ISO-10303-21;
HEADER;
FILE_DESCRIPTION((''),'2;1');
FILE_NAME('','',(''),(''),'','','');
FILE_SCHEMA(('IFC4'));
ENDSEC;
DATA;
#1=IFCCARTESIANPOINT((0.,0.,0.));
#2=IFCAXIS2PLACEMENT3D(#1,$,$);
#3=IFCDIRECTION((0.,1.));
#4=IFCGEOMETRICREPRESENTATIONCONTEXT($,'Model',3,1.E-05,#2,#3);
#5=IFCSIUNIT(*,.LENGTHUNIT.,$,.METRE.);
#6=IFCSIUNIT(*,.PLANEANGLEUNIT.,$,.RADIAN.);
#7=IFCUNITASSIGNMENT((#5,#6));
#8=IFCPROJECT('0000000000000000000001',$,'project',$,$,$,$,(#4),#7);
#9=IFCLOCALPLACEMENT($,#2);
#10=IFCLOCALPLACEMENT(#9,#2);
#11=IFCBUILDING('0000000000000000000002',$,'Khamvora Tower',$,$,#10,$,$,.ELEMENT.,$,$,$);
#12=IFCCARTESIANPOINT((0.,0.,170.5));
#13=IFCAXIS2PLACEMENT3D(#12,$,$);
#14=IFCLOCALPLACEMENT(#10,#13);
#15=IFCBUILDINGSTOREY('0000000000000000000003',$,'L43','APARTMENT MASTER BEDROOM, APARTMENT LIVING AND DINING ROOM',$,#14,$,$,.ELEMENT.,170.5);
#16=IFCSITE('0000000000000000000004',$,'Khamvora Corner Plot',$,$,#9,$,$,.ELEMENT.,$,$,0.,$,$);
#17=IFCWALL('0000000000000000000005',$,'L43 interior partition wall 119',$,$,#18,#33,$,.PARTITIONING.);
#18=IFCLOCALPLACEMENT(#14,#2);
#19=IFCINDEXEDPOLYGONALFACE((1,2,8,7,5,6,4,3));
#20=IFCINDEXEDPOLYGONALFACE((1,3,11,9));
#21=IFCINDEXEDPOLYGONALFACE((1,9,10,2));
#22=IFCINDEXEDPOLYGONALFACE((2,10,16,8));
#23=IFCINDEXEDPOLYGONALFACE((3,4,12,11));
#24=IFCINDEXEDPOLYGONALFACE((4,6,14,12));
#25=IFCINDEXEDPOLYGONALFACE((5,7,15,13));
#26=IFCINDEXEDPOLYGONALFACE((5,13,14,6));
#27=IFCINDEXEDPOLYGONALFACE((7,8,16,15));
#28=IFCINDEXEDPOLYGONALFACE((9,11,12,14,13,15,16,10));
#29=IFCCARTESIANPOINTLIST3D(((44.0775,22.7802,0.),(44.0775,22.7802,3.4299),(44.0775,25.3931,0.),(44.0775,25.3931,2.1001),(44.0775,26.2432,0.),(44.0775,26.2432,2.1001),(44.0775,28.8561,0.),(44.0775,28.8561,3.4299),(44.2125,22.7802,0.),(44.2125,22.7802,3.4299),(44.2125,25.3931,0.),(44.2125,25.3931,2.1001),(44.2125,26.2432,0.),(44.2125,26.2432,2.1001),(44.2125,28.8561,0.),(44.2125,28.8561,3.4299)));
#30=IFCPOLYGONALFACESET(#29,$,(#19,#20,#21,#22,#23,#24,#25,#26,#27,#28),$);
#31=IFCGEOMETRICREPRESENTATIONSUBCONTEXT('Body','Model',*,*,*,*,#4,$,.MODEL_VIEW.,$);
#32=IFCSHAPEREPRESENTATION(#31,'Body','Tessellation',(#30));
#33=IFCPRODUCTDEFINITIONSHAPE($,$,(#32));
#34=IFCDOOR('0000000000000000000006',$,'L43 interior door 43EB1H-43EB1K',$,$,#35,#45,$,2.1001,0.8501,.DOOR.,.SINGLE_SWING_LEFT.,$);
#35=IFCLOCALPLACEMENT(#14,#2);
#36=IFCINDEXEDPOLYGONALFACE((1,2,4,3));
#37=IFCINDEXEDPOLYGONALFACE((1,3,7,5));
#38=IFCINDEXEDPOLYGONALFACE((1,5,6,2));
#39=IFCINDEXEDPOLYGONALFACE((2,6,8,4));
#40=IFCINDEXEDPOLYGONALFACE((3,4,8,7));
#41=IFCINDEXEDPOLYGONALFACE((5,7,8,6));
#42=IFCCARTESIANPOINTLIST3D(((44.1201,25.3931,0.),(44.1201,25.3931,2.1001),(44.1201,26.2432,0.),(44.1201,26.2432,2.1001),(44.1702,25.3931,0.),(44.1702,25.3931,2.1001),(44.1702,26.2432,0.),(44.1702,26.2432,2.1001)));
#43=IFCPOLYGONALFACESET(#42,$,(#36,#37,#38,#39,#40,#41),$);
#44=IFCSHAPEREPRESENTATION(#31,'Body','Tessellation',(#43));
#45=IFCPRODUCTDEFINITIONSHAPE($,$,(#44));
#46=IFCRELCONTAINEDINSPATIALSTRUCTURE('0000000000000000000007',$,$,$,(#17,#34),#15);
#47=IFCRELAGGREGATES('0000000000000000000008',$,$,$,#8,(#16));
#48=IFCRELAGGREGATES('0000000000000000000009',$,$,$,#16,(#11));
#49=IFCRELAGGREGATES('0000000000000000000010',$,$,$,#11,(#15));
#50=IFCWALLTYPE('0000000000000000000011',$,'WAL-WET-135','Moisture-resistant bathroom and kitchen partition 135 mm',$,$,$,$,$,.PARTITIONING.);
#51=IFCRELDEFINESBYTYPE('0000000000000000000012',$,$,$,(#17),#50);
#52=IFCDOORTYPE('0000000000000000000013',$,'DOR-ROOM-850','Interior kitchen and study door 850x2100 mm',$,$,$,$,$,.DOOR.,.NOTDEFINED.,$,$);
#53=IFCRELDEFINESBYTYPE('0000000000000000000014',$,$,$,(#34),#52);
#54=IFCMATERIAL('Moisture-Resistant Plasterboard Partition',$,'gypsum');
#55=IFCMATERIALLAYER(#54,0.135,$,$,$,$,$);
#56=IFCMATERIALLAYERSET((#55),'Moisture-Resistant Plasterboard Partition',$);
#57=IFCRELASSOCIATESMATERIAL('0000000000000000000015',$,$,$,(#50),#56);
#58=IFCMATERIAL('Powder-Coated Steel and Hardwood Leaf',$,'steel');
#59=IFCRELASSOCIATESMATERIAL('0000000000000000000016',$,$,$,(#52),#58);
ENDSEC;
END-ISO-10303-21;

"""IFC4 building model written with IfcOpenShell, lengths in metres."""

from ifc_helpers import new_model, si_unit, direction, frame, frame_2d, origin, place, context, subcontext, project, spatial, rectangle, extrude, material, layer, layer_set, type_object, element, fill, save


model = new_model("IFC4")

# Units and contexts
model_context = context("Model", 3, precision=1e-05, world=origin(), true_north=direction((0.0, 1.0)))
body_context = subcontext(model_context, "Body", "Model", "MODEL_VIEW")
ifc_project = project(units=[si_unit("LENGTHUNIT", "METRE"), si_unit("PLANEANGLEUNIT", "RADIAN")], contexts=[model_context])

# Site, building, storey
site_placement = place(None, origin())
site = spatial("IfcSite", under=ifc_project, at=site_placement, Name="Khamvora Corner Plot", CompositionType="ELEMENT", RefElevation=0.0)
building_placement = place(site_placement, origin())
building = spatial("IfcBuilding", under=site, at=building_placement, Name="Khamvora Tower", CompositionType="ELEMENT")
storey_placement = place(building_placement, frame((0.0, 0.0, 170.5)))
storey = spatial("IfcBuildingStorey", under=building, at=storey_placement, Name="L43", Description="APARTMENT MASTER BEDROOM, APARTMENT LIVING AND DINING ROOM", CompositionType="ELEMENT", Elevation=170.5)

# Shared definitions
ifc_material_1 = material(Name="Powder-Coated Steel and Hardwood Leaf", Category="steel")

# Wall, opening, door
ifc_material_2 = material(Name="Moisture-Resistant Plasterboard Partition", Category="gypsum")
ifc_layer_1 = layer(ifc_material_2, 0.135)
ifc_layer_set_1 = layer_set([ifc_layer_1], Name="Moisture-Resistant Plasterboard Partition")
wall_type_1 = type_object("IfcWallType", Name="WAL-WET-135", Description="Moisture-resistant bathroom and kitchen partition 135 mm", PredefinedType="PARTITIONING", material=ifc_layer_set_1)
wall_1_placement = place(storey_placement, frame((44.145, 22.78, 0.0), z_axis=(0.0, 0.0, 1.0), x_axis=(0.0, 1.0, 0.0)))
wall_1 = element("IfcWall", 1, at=wall_1_placement, inside=storey, type_object=wall_type_1, Name="L43 interior partition wall 119", PredefinedType="PARTITIONING", context=body_context, shape_type="SweptSolid", body=[
    extrude(rectangle(XDim=6.0759, YDim=0.135, at=frame_2d((3.0381, 0.0))), origin(), (0.0, 0.0, 1.0), 3.4299),
])
opening_1_placement = place(wall_1_placement, frame((2.613, 0.0, 0.0)))
opening_1 = element("IfcOpeningElement", 2, at=opening_1_placement, cuts=wall_1, PredefinedType="OPENING", context=body_context, shape_type="SweptSolid", body=[
    extrude(rectangle(XDim=0.8501, YDim=2.1001, at=frame_2d((0.425, 1.05))), frame((0.0, 0.0774, 0.0), z_axis=(0.0, -1.0, 0.0), x_axis=(1.0, 0.0, 0.0)), (0.0, 0.0, 1.0), 0.155),
])
door_type_1 = type_object("IfcDoorType", Name="DOR-ROOM-850", Description="Interior kitchen and study door 850x2100 mm", OperationType="NOTDEFINED", PredefinedType="DOOR", material=ifc_material_1)
door_1_placement = place(opening_1_placement, origin())
door_1 = element("IfcDoor", 3, at=door_1_placement, inside=storey, type_object=door_type_1, Name="L43 interior door 43EB1H-43EB1K", OperationType="SINGLE_SWING_LEFT", OverallHeight=2.1001, OverallWidth=0.8501, PredefinedType="DOOR", context=body_context, shape_type="SweptSolid", body=[
    extrude(rectangle(XDim=0.8501, YDim=2.1001, at=frame_2d((0.425, 1.05))), frame((0.0, 0.0249, 0.0), z_axis=(0.0, -1.0, 0.0), x_axis=(1.0, 0.0, 0.0)), (0.0, 0.0, 1.0), 0.05),
])
fill(opening_1, door_1)

save(model, "model.ifc")
